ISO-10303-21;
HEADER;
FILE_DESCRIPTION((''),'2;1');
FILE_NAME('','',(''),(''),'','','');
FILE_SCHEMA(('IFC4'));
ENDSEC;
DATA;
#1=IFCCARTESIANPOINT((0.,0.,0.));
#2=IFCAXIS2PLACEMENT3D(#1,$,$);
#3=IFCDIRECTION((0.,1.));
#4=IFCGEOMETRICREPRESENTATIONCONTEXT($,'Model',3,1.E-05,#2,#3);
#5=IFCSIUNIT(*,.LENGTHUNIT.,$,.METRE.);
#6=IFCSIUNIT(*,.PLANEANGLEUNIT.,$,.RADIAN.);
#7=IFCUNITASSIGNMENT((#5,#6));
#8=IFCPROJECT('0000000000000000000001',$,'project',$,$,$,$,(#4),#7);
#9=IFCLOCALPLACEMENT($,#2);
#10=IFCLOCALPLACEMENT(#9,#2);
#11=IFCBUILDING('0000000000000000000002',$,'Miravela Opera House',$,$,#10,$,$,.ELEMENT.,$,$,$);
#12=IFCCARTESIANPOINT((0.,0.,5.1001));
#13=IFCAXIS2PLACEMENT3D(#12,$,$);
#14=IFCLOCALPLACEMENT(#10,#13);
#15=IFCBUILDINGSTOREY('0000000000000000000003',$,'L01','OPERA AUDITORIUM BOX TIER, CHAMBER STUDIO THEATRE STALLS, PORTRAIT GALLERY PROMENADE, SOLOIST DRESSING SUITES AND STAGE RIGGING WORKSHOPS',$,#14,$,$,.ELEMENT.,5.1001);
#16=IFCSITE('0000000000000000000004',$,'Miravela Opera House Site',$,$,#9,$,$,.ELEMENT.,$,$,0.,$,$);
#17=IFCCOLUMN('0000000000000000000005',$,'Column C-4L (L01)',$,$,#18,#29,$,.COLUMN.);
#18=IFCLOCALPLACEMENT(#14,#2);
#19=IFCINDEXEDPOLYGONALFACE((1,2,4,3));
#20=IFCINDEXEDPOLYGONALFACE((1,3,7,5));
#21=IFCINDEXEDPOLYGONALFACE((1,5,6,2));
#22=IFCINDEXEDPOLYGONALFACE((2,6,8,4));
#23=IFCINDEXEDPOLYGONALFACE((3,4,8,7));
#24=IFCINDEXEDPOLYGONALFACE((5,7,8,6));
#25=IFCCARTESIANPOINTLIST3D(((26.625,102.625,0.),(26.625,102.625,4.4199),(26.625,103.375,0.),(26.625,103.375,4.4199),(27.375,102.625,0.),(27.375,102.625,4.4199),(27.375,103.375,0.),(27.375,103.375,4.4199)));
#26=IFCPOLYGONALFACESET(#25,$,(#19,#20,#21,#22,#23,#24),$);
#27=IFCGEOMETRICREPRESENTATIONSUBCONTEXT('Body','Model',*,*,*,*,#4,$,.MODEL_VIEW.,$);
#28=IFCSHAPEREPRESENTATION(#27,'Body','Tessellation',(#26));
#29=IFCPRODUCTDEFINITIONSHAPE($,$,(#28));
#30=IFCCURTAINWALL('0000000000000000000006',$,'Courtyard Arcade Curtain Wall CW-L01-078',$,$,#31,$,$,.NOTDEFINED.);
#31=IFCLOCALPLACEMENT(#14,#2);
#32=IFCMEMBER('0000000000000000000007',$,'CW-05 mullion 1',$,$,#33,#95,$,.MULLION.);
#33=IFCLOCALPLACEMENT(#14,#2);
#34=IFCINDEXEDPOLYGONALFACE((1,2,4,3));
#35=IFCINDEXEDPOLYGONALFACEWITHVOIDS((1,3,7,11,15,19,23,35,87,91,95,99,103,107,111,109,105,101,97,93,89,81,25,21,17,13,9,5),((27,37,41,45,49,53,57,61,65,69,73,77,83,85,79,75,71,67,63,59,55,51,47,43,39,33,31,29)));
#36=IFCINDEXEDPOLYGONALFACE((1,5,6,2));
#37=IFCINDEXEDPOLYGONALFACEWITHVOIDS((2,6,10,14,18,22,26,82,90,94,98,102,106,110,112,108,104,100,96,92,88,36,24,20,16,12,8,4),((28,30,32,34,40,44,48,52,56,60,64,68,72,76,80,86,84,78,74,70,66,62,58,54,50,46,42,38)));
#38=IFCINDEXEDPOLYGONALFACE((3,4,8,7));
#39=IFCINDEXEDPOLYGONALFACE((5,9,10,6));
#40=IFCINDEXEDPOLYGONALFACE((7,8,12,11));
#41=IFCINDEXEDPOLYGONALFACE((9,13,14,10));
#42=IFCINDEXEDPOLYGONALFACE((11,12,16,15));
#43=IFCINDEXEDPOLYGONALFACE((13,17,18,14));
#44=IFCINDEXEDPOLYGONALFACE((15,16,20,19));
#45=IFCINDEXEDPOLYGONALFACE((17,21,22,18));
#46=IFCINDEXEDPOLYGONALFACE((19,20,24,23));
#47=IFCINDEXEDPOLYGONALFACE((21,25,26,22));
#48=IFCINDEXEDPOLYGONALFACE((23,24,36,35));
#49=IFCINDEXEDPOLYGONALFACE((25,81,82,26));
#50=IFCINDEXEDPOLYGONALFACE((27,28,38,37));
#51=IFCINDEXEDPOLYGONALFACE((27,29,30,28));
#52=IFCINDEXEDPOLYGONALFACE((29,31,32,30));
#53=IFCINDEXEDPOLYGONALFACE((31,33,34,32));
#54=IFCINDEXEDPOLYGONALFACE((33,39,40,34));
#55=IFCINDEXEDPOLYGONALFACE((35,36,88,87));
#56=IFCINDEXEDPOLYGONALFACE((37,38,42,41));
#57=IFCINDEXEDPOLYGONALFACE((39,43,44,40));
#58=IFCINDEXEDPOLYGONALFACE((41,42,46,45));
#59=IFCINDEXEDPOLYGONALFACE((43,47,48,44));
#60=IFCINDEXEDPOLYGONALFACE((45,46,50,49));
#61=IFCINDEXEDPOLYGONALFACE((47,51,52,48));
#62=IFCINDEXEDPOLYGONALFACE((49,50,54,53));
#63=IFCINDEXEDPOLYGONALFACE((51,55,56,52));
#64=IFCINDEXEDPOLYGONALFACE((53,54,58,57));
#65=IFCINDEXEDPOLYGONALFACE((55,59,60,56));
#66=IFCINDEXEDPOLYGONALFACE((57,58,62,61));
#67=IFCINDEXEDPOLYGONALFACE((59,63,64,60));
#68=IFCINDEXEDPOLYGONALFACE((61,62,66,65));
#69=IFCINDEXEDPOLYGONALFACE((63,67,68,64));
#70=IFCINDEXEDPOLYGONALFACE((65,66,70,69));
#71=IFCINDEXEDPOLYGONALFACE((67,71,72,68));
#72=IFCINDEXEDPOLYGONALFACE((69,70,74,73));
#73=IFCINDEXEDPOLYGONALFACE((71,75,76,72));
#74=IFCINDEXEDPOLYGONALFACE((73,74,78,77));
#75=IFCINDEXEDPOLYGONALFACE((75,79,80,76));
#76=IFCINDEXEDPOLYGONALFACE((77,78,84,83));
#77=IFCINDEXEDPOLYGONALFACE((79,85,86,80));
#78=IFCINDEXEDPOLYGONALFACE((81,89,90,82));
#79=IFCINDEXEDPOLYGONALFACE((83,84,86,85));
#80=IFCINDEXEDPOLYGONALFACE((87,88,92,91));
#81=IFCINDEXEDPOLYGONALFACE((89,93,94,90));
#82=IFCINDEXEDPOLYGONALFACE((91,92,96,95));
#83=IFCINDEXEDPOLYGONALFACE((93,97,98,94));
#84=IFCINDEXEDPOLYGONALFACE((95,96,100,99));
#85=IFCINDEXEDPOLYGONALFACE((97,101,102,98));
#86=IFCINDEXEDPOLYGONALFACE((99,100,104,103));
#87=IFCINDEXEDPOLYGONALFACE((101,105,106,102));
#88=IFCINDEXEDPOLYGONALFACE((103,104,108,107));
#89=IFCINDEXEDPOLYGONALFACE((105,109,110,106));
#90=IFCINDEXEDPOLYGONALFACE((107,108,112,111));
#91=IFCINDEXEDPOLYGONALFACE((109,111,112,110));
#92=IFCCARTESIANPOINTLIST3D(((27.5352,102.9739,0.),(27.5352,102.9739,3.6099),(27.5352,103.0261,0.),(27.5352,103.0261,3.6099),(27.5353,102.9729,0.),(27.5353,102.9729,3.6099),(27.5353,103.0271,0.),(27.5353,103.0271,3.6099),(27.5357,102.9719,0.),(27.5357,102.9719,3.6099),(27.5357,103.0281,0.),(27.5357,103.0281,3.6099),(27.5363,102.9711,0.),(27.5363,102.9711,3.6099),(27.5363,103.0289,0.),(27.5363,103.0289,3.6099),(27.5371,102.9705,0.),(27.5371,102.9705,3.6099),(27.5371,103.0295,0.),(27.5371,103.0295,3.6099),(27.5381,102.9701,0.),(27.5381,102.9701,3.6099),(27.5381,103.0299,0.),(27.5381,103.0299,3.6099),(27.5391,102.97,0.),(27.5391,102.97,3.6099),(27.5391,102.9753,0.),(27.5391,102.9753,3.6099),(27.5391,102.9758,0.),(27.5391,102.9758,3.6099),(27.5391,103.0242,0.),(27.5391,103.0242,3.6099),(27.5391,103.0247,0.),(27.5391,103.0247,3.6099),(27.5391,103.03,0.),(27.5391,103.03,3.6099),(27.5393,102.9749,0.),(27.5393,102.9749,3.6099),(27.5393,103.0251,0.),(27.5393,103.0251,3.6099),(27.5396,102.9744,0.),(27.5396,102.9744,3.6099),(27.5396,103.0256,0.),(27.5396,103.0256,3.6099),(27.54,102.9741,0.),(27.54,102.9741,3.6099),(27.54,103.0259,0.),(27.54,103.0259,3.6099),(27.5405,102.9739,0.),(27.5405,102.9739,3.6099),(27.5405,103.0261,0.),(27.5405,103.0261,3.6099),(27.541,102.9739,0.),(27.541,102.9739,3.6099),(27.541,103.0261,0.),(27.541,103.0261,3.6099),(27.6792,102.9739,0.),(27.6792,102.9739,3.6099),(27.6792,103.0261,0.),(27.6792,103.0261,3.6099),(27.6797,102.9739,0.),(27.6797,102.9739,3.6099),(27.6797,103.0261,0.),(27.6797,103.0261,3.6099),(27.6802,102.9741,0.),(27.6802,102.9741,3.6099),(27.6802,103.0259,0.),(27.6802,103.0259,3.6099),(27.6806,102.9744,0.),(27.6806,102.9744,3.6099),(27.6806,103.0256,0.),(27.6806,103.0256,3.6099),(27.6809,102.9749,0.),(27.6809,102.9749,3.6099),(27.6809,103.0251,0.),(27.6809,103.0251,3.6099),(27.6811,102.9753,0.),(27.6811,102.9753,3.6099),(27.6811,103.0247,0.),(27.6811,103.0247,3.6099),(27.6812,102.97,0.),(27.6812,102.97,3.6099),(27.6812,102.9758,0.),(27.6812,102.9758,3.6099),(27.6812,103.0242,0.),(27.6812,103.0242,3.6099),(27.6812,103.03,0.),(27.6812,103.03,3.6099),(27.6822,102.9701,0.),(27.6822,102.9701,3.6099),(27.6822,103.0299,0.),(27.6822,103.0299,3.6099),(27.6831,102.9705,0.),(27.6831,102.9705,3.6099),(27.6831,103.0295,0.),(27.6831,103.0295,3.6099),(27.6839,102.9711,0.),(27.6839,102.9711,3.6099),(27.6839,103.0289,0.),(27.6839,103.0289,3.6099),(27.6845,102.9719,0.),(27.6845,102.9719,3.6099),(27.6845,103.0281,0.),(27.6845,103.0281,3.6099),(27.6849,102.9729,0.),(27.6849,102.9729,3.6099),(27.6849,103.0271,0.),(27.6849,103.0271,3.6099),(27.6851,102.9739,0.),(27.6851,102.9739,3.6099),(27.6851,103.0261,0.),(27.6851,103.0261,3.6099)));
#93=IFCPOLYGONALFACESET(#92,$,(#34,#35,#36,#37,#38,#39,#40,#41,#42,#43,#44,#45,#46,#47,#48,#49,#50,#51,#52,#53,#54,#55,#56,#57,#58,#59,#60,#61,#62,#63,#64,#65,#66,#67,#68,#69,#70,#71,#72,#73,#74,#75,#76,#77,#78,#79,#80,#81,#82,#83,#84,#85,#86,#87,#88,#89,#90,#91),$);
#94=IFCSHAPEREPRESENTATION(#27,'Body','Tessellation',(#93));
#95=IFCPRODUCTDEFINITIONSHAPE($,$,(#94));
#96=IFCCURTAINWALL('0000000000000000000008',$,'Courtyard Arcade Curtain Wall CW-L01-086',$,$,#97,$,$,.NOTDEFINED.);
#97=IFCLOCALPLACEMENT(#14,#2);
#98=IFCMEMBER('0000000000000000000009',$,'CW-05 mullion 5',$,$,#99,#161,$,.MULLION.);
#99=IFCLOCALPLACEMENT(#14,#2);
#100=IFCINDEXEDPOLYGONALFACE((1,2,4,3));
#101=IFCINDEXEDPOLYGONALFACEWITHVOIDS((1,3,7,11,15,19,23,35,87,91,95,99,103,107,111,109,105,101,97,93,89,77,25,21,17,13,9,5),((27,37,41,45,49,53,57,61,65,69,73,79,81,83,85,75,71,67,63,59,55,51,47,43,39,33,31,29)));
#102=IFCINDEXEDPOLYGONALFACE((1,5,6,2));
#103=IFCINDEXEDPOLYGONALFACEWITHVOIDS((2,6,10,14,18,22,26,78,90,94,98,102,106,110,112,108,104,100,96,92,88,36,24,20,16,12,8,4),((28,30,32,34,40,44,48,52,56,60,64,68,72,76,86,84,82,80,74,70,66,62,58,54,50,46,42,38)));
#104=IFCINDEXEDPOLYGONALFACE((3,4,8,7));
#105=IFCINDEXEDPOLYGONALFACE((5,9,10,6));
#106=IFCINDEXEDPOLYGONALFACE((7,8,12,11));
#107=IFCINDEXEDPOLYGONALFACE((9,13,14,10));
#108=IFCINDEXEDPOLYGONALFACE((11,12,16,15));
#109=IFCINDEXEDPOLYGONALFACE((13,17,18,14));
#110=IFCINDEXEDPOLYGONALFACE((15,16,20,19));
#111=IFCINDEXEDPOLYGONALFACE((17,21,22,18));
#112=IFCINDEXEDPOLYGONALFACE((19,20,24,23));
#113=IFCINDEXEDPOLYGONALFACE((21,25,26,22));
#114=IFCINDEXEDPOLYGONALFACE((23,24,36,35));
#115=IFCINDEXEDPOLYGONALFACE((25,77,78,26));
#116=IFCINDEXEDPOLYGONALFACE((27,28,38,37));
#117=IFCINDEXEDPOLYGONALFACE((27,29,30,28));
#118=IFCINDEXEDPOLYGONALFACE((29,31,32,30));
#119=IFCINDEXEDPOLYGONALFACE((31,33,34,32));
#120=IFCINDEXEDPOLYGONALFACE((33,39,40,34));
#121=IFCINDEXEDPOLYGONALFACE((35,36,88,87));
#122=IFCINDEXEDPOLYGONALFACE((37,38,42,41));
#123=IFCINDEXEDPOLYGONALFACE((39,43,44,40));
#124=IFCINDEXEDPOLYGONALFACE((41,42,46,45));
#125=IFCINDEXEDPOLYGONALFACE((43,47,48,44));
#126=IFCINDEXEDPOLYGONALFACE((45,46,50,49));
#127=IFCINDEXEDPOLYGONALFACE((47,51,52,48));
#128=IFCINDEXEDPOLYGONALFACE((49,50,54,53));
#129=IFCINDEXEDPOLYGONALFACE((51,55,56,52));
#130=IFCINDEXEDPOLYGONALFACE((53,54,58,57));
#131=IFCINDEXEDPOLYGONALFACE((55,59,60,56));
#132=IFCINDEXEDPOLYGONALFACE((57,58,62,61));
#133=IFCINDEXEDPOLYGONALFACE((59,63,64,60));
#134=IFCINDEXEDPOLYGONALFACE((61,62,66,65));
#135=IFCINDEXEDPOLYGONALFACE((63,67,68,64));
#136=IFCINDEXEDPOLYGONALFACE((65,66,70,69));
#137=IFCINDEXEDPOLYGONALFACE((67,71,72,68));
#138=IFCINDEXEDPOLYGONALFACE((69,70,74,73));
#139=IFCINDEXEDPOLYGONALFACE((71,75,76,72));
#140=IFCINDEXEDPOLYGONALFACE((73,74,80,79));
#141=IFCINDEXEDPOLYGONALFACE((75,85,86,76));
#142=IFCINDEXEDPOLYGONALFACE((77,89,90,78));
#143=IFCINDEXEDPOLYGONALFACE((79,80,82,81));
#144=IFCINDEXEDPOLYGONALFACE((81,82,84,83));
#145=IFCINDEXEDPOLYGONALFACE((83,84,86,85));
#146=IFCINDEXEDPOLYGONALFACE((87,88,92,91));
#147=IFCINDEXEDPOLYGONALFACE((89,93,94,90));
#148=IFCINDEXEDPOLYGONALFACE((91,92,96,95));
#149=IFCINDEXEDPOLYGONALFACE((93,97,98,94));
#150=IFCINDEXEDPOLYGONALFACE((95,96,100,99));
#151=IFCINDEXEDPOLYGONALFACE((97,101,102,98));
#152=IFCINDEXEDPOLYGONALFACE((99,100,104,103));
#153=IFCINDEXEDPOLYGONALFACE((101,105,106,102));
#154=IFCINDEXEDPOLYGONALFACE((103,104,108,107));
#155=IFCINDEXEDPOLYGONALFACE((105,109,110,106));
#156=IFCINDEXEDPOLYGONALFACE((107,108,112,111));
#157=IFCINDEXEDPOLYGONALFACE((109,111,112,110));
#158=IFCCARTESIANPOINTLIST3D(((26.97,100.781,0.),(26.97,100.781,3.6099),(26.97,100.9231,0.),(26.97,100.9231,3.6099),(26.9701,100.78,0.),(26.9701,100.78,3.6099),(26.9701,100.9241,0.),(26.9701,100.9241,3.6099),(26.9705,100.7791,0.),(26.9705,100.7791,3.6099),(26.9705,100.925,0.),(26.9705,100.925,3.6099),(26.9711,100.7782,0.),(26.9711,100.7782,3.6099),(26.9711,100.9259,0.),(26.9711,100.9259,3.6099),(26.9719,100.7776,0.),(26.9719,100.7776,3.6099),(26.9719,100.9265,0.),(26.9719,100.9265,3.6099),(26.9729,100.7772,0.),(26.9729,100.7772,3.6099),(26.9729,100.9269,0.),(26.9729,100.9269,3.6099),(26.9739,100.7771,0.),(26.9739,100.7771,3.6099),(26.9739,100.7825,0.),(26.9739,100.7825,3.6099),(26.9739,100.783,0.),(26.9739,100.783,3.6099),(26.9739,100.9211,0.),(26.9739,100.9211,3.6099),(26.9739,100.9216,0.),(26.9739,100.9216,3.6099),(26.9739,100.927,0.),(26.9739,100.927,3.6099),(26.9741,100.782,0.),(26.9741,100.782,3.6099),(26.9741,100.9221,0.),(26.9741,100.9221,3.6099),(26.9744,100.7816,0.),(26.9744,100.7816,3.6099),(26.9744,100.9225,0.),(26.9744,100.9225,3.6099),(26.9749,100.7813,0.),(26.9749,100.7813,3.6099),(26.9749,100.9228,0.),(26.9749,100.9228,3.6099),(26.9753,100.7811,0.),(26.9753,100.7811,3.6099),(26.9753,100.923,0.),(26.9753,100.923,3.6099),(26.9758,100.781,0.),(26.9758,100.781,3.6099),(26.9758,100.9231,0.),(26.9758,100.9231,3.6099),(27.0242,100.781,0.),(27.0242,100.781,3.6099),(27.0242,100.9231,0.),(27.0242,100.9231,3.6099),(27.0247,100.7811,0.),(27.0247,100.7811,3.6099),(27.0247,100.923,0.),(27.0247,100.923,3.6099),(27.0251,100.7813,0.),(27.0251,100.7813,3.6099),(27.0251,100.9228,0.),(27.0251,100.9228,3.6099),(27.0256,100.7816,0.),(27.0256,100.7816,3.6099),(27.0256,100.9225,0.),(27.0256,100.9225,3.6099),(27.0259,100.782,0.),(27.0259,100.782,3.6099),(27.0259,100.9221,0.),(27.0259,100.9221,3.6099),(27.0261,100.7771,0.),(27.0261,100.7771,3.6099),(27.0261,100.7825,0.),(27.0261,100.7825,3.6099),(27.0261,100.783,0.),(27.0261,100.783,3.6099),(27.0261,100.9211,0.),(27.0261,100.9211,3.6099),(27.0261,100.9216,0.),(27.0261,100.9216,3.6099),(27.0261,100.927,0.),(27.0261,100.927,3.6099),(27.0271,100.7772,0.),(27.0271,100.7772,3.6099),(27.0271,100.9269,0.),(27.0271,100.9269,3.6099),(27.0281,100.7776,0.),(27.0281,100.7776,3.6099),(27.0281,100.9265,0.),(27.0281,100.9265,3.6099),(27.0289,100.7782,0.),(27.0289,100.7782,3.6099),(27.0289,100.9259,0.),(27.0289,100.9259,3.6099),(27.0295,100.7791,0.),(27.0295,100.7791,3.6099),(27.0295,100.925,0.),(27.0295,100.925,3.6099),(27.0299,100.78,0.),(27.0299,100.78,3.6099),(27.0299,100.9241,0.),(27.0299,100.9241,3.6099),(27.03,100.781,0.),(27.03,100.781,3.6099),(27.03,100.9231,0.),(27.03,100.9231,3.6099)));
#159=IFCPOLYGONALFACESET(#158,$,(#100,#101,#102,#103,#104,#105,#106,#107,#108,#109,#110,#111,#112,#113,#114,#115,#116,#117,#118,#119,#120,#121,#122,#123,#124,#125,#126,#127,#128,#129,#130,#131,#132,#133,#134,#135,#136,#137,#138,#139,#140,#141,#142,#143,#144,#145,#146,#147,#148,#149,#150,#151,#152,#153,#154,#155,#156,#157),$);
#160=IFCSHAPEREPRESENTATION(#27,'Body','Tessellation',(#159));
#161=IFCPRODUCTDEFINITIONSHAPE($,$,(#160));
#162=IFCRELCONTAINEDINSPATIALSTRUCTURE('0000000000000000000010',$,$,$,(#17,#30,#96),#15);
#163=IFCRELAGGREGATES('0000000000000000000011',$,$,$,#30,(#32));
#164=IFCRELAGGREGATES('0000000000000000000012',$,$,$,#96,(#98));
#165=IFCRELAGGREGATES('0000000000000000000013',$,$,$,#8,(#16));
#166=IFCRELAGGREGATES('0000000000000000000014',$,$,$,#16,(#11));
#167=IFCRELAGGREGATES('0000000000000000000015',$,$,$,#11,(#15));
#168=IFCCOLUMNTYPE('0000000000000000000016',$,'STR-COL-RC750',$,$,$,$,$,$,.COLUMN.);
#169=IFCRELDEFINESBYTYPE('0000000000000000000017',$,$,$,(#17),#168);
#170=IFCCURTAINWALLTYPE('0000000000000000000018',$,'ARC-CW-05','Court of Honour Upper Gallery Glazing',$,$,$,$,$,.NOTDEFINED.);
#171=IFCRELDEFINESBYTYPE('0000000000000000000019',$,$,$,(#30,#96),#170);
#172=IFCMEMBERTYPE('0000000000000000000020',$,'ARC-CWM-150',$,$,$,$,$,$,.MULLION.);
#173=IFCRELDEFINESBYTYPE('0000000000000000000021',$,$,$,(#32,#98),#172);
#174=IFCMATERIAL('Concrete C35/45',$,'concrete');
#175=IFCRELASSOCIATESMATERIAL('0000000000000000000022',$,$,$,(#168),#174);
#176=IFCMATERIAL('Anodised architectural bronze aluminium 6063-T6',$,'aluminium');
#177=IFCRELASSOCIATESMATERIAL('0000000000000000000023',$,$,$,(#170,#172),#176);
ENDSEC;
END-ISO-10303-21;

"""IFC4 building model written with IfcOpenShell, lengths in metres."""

from ifc_helpers import new_model, si_unit, direction, frame, origin, origin_2d, place, context, subcontext, project, spatial, rectangle, hollow_rectangle, extrude, material, material_profile, profile_set, type_object, element, aggregate, save


model = new_model("IFC4")

# Units and contexts
model_context = context("Model", 3, precision=1e-05, world=origin(), true_north=direction((0.0, 1.0)))
body_context = subcontext(model_context, "Body", "Model", "MODEL_VIEW")
ifc_project = project(units=[si_unit("LENGTHUNIT", "METRE"), si_unit("PLANEANGLEUNIT", "RADIAN")], contexts=[model_context])

# Site, building, storey
site_placement = place(None, origin())
site = spatial("IfcSite", under=ifc_project, at=site_placement, Name="Miravela Opera House Site", CompositionType="ELEMENT", RefElevation=0.0)
building_placement = place(site_placement, origin())
building = spatial("IfcBuilding", under=site, at=building_placement, Name="Miravela Opera House", CompositionType="ELEMENT")
storey_placement = place(building_placement, frame((0.0, 0.0, 5.1001)))
storey = spatial("IfcBuildingStorey", under=building, at=storey_placement, Name="L01", Description="OPERA AUDITORIUM BOX TIER, CHAMBER STUDIO THEATRE STALLS, PORTRAIT GALLERY PROMENADE, SOLOIST DRESSING SUITES AND STAGE RIGGING WORKSHOPS", CompositionType="ELEMENT", Elevation=5.1001)

# Column
ifc_material_1 = material(Name="Concrete C35/45", Category="concrete")
ifc_material_profile_1 = material_profile(ifc_material_1, rectangle(XDim=0.75, YDim=0.75, at=origin_2d()), Name="RC-COL-750X750")
ifc_profile_set_1 = profile_set([ifc_material_profile_1])
column_type = type_object("IfcColumnType", Name="STR-COL-RC750", PredefinedType="COLUMN", material=ifc_profile_set_1)
column_placement = place(storey_placement, frame((27.0, 103.0, 0.0), z_axis=(0.0, 0.0, 1.0), x_axis=(1.0, 0.0, 0.0)))
element("IfcColumn", 1, at=column_placement, inside=storey, type_object=column_type, Name="Column C-4L (L01)", PredefinedType="COLUMN", context=body_context, shape_type="SweptSolid", body=[
    extrude(rectangle(XDim=0.75, YDim=0.75, at=origin_2d()), origin(), (0.0, 0.0, 1.0), 4.4199),
])

# Curtain wall, member
ifc_material_2 = material(Name="Anodised architectural bronze aluminium 6063-T6", Category="aluminium")
curtain_wall_type = type_object("IfcCurtainWallType", Name="ARC-CW-05", Description="Court of Honour Upper Gallery Glazing", PredefinedType="NOTDEFINED", material=ifc_material_2)
curtain_wall_1_placement = place(storey_placement, origin())
curtain_wall_1 = element("IfcCurtainWall", 2, at=curtain_wall_1_placement, inside=storey, type_object=curtain_wall_type, Name="Courtyard Arcade Curtain Wall CW-L01-078", PredefinedType="NOTDEFINED")
ifc_material_profile_2 = material_profile(ifc_material_2, hollow_rectangle(XDim=0.0601, YDim=0.1499, WallThickness=0.0039, InnerFilletRadius=0.002, OuterFilletRadius=0.0039, at=origin_2d()), Name="CWM-60X150")
ifc_profile_set_2 = profile_set([ifc_material_profile_2])
member_type_1 = type_object("IfcMemberType", Name="ARC-CWM-150", PredefinedType="MULLION", material=ifc_profile_set_2)
member_1_placement = place(storey_placement, frame((27.6101, 103.0, 0.0), z_axis=(0.0, 0.0, 1.0), x_axis=(0.0, 1.0, 0.0)))
member_1 = element("IfcMember", 3, at=member_1_placement, type_object=member_type_1, Name="CW-05 mullion 1", PredefinedType="MULLION", context=body_context, shape_type="SweptSolid", body=[
    extrude(hollow_rectangle(XDim=0.0601, YDim=0.1499, WallThickness=0.0039, InnerFilletRadius=0.002, OuterFilletRadius=0.0039, at=origin_2d()), origin(), (0.0, 0.0, 1.0), 3.6099),
])

# Curtain wall, member
curtain_wall_2_placement = place(storey_placement, origin())
curtain_wall_2 = element("IfcCurtainWall", 4, at=curtain_wall_2_placement, inside=storey, type_object=curtain_wall_type, Name="Courtyard Arcade Curtain Wall CW-L01-086", PredefinedType="NOTDEFINED")
member_2_placement = place(storey_placement, frame((27.0, 100.8521, 0.0), z_axis=(0.0, 0.0, 1.0), x_axis=(-1.0, 0.0, 0.0)))
member_2 = element("IfcMember", 5, at=member_2_placement, type_object=member_type_1, Name="CW-05 mullion 5", PredefinedType="MULLION", context=body_context, shape_type="SweptSolid", body=[
    extrude(hollow_rectangle(XDim=0.0601, YDim=0.1499, WallThickness=0.0039, InnerFilletRadius=0.002, OuterFilletRadius=0.0039, at=origin_2d()), origin(), (0.0, 0.0, 1.0), 3.6099),
])

aggregate(curtain_wall_1, [member_1])
aggregate(curtain_wall_2, [member_2])

save(model, "model.ifc")
